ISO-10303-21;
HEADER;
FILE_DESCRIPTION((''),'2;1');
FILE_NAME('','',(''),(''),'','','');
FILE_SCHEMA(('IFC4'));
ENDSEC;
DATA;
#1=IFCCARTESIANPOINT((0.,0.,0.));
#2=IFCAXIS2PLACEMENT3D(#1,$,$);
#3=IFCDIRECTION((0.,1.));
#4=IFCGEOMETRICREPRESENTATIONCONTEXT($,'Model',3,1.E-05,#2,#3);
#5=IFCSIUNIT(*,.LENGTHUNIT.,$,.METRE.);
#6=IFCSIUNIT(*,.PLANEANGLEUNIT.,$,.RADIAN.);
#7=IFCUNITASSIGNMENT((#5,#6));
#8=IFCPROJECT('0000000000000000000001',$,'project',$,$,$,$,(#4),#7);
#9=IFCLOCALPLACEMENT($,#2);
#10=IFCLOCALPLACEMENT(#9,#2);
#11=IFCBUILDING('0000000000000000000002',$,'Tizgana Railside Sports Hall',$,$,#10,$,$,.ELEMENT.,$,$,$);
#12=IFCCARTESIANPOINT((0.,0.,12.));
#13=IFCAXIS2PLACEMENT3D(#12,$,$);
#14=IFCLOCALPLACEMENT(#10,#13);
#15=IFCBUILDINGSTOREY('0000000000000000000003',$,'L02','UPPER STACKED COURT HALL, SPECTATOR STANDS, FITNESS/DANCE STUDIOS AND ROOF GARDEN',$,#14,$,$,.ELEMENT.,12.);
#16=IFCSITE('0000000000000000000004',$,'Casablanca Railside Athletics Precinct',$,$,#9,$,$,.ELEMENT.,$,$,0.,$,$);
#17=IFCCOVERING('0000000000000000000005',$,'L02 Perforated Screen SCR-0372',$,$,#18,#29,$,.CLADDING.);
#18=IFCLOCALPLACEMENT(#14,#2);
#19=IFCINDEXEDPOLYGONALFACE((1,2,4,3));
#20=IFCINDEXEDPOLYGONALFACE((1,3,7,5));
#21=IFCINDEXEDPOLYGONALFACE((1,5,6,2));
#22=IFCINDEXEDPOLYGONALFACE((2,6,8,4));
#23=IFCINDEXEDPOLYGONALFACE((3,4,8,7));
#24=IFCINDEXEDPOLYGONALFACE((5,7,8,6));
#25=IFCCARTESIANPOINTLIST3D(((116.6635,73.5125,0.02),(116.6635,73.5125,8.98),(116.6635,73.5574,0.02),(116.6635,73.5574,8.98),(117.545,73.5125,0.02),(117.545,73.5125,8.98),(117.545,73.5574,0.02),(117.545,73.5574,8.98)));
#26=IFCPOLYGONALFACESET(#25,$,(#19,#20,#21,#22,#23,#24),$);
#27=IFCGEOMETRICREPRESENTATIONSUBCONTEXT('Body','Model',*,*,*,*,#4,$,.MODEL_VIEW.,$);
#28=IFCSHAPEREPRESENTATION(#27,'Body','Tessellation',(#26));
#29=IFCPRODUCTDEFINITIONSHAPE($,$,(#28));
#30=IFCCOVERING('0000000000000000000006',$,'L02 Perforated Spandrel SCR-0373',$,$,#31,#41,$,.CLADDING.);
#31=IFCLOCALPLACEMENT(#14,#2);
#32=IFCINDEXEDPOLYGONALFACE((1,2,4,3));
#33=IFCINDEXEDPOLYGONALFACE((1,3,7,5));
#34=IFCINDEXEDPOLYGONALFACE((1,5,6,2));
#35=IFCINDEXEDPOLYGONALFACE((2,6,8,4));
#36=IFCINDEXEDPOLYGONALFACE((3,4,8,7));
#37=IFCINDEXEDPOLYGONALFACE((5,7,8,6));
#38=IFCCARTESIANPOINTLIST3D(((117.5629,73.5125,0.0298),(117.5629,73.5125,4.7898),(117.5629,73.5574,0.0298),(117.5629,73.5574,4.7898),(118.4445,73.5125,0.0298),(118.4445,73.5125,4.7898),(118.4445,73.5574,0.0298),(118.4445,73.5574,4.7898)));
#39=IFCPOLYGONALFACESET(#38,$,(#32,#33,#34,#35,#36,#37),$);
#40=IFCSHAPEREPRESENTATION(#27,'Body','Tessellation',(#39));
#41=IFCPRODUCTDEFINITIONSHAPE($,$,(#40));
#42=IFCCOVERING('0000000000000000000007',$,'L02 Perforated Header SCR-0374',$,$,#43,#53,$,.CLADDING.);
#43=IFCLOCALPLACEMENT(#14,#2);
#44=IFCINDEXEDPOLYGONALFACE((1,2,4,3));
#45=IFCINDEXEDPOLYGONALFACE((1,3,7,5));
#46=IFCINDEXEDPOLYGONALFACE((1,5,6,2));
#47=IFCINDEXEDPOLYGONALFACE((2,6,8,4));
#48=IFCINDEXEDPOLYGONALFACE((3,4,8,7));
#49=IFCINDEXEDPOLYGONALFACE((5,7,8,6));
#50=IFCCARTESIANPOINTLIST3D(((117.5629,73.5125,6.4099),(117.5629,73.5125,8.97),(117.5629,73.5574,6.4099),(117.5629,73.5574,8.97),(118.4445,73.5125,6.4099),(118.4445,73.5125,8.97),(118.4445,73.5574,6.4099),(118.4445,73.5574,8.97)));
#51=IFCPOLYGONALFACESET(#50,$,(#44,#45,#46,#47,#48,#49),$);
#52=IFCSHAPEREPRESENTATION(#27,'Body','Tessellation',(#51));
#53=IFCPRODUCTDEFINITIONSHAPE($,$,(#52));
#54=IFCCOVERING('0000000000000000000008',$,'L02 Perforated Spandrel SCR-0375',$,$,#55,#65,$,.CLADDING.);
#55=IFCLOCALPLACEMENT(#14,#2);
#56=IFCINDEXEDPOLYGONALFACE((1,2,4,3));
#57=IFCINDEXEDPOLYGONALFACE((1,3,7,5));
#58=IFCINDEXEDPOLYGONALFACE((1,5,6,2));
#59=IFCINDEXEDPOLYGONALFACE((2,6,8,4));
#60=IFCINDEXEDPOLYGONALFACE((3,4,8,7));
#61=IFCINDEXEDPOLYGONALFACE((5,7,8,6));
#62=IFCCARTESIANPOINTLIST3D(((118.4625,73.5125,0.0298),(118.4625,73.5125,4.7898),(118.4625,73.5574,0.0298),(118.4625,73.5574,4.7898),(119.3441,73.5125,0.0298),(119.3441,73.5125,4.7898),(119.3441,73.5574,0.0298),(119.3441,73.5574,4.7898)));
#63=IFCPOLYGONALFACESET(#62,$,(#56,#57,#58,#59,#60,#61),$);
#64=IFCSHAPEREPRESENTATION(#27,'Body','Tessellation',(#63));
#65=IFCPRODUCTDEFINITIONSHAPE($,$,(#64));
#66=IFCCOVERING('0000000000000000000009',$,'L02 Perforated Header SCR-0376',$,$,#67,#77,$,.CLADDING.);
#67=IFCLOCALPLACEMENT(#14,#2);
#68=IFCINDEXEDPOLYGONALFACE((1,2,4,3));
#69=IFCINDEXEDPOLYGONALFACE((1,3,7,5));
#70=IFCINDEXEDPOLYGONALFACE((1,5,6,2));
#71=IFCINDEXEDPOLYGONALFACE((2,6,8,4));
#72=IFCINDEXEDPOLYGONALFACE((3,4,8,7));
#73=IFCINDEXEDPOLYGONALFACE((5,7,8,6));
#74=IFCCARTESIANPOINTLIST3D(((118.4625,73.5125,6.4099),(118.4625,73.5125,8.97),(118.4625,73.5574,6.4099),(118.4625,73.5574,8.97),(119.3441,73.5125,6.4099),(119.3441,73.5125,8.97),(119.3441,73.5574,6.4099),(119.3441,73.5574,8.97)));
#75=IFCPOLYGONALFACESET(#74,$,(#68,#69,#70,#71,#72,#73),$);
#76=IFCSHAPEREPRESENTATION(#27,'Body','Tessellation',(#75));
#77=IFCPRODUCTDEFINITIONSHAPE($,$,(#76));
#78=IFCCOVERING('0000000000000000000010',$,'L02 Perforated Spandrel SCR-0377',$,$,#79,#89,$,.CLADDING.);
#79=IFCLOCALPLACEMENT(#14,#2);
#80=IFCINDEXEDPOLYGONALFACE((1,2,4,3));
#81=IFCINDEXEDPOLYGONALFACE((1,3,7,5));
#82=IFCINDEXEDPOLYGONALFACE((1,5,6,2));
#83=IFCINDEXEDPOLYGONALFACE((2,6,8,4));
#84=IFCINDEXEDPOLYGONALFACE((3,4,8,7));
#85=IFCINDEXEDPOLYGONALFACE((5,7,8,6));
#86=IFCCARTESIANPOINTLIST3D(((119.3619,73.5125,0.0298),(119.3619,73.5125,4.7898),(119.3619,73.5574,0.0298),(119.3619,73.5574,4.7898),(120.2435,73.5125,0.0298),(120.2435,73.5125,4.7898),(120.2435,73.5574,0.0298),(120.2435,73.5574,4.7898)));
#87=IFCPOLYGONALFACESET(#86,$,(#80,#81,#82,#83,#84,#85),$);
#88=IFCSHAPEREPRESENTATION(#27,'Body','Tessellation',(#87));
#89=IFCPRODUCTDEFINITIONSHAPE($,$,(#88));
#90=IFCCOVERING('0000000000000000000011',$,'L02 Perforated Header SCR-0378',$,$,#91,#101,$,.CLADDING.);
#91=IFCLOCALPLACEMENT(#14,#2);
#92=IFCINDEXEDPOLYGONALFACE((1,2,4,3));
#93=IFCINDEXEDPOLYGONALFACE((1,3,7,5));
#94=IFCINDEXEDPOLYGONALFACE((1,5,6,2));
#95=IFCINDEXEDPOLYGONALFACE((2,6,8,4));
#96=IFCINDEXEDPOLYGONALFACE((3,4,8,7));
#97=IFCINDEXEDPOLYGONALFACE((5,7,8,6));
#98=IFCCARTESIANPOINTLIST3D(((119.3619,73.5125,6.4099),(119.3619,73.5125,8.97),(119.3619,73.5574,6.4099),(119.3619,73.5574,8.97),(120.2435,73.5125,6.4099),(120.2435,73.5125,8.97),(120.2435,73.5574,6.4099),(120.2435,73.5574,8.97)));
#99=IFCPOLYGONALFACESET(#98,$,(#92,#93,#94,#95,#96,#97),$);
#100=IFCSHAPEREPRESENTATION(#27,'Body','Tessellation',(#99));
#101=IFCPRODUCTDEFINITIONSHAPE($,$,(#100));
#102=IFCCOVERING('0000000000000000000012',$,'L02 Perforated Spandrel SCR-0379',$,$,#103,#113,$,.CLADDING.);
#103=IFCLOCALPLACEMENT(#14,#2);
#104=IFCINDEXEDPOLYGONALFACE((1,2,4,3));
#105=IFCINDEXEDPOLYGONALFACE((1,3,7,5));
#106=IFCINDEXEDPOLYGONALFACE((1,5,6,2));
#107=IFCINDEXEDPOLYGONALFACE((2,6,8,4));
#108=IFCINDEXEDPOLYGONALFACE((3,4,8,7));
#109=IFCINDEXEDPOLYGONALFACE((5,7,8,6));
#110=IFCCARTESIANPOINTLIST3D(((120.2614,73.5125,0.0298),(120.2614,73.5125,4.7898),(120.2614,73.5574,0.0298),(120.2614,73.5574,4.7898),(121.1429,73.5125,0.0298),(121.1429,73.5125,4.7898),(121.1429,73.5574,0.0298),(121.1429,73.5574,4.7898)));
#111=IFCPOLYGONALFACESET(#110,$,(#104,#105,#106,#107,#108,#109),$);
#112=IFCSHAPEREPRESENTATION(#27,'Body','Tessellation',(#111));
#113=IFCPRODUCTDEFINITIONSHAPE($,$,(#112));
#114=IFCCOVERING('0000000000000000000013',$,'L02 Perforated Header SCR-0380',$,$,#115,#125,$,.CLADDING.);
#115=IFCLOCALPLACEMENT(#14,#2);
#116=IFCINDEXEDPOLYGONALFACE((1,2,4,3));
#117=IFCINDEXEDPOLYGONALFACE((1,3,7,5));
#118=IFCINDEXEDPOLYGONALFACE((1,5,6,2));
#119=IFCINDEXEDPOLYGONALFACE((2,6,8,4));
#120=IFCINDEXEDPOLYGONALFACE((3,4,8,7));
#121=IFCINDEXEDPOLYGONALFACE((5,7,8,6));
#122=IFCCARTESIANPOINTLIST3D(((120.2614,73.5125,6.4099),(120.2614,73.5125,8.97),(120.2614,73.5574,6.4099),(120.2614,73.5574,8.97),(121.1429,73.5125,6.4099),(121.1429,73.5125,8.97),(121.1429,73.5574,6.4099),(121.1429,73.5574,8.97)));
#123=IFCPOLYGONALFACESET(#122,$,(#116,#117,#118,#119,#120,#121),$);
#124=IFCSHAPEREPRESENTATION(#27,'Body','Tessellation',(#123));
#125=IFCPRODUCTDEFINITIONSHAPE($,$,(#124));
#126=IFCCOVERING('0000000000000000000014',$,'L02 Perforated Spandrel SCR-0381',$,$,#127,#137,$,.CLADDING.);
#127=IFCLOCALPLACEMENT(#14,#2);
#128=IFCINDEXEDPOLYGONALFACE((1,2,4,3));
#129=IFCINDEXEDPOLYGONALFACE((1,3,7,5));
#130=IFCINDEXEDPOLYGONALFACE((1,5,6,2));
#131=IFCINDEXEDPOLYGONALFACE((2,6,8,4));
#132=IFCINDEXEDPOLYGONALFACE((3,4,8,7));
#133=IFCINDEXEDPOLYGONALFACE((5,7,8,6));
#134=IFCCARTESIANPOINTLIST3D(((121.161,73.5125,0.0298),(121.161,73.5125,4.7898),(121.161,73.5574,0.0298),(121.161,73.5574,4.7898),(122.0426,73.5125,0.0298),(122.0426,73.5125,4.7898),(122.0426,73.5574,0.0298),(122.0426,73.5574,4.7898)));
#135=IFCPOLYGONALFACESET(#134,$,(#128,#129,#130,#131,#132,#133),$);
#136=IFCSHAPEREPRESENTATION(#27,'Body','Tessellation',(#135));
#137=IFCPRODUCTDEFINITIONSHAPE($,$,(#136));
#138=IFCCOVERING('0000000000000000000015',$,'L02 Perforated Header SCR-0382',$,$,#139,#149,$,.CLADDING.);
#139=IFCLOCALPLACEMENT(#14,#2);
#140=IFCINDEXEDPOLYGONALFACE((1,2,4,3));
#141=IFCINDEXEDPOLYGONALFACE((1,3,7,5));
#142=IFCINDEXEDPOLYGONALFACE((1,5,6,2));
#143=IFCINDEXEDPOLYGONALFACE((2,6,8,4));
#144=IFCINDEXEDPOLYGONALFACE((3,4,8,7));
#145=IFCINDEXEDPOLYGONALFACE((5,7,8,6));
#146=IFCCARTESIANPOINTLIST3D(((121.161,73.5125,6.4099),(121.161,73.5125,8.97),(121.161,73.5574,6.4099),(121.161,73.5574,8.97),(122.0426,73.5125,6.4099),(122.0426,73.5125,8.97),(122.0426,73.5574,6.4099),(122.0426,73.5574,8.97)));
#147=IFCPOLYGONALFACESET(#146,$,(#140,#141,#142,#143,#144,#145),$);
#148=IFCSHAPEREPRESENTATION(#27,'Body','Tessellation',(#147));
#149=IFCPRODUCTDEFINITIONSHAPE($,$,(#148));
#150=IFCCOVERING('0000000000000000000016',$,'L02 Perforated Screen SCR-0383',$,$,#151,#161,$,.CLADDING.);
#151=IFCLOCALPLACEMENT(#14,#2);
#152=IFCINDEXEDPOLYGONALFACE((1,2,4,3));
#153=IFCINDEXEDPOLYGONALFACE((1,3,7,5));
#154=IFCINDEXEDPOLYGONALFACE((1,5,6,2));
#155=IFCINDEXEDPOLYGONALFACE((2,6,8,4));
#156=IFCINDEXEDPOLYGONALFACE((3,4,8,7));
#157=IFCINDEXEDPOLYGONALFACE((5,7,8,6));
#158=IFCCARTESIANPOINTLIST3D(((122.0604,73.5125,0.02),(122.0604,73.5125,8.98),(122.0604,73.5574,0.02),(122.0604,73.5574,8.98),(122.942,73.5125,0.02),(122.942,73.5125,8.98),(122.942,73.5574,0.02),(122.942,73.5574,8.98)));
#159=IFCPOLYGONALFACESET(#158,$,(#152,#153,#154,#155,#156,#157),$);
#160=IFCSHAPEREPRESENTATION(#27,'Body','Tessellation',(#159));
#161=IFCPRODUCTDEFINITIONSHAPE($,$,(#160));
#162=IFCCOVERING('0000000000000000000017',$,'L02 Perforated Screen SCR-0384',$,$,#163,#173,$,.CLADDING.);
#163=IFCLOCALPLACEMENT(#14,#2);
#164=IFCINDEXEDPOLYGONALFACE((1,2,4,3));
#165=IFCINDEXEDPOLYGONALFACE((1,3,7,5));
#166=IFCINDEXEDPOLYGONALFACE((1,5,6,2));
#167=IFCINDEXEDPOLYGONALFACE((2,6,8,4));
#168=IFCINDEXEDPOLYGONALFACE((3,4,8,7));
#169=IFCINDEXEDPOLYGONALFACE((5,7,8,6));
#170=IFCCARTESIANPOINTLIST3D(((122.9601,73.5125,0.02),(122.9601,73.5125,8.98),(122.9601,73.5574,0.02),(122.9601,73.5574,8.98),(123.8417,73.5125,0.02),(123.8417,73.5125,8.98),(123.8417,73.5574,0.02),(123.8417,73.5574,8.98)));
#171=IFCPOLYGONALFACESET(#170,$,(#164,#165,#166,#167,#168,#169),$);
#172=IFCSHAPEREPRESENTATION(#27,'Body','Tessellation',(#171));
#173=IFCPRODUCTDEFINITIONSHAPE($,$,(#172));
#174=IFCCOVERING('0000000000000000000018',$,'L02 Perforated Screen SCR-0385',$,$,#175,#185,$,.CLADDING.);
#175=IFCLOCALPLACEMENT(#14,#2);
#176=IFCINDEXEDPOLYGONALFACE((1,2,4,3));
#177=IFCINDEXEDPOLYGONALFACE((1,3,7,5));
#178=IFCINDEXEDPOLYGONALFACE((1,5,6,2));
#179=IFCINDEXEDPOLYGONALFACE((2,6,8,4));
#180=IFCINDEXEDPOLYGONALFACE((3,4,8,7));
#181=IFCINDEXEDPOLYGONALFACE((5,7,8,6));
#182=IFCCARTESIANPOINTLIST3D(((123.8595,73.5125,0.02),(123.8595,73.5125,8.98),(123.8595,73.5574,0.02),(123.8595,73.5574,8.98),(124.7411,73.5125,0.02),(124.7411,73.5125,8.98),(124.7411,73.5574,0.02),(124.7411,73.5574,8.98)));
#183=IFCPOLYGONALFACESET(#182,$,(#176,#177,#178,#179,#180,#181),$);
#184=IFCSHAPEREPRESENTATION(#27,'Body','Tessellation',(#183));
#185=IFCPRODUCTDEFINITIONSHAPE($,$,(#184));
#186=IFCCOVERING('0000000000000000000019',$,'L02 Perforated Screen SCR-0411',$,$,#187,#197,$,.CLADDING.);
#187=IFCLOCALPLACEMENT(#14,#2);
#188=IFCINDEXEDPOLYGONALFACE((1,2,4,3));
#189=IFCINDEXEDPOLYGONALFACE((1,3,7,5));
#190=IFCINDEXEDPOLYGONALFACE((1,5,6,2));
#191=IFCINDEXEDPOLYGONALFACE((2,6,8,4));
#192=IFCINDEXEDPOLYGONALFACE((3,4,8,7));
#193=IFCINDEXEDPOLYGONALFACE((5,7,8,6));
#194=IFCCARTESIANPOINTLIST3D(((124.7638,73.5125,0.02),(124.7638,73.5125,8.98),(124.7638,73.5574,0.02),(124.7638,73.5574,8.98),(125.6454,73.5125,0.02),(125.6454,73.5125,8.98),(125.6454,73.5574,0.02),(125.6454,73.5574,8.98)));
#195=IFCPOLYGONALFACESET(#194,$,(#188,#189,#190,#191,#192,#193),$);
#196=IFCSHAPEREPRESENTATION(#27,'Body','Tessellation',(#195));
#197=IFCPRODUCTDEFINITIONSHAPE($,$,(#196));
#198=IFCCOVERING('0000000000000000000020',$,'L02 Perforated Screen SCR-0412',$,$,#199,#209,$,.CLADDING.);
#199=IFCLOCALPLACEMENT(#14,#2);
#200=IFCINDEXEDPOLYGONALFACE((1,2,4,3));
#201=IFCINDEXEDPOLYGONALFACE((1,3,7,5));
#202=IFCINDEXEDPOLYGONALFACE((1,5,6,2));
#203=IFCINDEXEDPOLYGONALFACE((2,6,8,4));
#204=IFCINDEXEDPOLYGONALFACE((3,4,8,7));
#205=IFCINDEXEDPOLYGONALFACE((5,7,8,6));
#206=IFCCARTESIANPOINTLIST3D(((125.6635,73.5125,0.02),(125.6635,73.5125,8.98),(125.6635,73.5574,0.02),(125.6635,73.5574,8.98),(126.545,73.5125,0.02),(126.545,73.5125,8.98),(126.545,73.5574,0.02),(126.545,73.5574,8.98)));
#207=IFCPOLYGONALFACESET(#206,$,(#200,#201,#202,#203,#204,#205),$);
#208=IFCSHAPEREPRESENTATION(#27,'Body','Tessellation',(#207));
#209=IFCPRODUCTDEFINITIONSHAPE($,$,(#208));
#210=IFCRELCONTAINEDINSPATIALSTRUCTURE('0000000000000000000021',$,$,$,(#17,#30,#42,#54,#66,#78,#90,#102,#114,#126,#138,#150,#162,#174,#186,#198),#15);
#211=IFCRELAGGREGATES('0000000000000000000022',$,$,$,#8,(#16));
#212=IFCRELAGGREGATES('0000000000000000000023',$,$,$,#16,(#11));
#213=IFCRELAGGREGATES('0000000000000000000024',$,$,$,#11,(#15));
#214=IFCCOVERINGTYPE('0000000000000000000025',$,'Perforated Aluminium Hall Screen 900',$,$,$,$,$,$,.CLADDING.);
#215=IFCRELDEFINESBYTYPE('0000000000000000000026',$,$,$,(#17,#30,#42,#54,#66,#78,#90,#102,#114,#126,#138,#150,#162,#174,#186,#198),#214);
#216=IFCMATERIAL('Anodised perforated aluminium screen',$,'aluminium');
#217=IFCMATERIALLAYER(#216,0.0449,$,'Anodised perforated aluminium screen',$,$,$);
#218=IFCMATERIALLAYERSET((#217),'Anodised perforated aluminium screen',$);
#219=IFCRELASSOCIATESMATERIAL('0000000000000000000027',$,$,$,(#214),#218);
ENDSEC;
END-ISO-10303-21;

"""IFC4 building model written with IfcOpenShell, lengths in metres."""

from ifc_helpers import new_model, si_unit, direction, frame, origin, origin_2d, place, context, subcontext, project, spatial, rectangle, extrude, material, layer, layer_set, type_object, element, save


model = new_model("IFC4")

# Units and contexts
model_context = context("Model", 3, precision=1e-05, world=origin(), true_north=direction((0.0, 1.0)))
body_context = subcontext(model_context, "Body", "Model", "MODEL_VIEW")
ifc_project = project(units=[si_unit("LENGTHUNIT", "METRE"), si_unit("PLANEANGLEUNIT", "RADIAN")], contexts=[model_context])

# Site, building, storey
site_placement = place(None, origin())
site = spatial("IfcSite", under=ifc_project, at=site_placement, Name="Casablanca Railside Athletics Precinct", CompositionType="ELEMENT", RefElevation=0.0)
building_placement = place(site_placement, origin())
building = spatial("IfcBuilding", under=site, at=building_placement, Name="Tizgana Railside Sports Hall", CompositionType="ELEMENT")
storey_placement = place(building_placement, frame((0.0, 0.0, 12.0)))
storey = spatial("IfcBuildingStorey", under=building, at=storey_placement, Name="L02", Description="UPPER STACKED COURT HALL, SPECTATOR STANDS, FITNESS/DANCE STUDIOS AND ROOF GARDEN", CompositionType="ELEMENT", Elevation=12.0)

# Coverings
ifc_material_1 = material(Name="Anodised perforated aluminium screen", Category="aluminium")
ifc_layer = layer(ifc_material_1, 0.0449, Name="Anodised perforated aluminium screen")
ifc_layer_set = layer_set([ifc_layer], Name="Anodised perforated aluminium screen")
covering_type = type_object("IfcCoveringType", Name="Perforated Aluminium Hall Screen 900", PredefinedType="CLADDING", material=ifc_layer_set)
covering_1_placement = place(storey_placement, frame((117.1042, 73.5349, 0.02), z_axis=(0.0, 0.0, 1.0), x_axis=(1.0, 0.0, 0.0)))
element("IfcCovering", 1, at=covering_1_placement, inside=storey, type_object=covering_type, Name="L02 Perforated Screen SCR-0372", PredefinedType="CLADDING", context=body_context, shape_type="SweptSolid", body=[
    extrude(rectangle(XDim=0.8816, YDim=0.0449, at=origin_2d()), origin(), (0.0, 0.0, 1.0), 8.96),
])
covering_2_placement = place(storey_placement, frame((118.0037, 73.5349, 0.0298), z_axis=(0.0, 0.0, 1.0), x_axis=(1.0, 0.0, 0.0)))
element("IfcCovering", 2, at=covering_2_placement, inside=storey, type_object=covering_type, Name="L02 Perforated Spandrel SCR-0373", PredefinedType="CLADDING", context=body_context, shape_type="SweptSolid", body=[
    extrude(rectangle(XDim=0.8816, YDim=0.0449, at=origin_2d()), origin(), (0.0, 0.0, 1.0), 4.76),
])
covering_3_placement = place(storey_placement, frame((118.0037, 73.5349, 6.4099), z_axis=(0.0, 0.0, 1.0), x_axis=(1.0, 0.0, 0.0)))
element("IfcCovering", 3, at=covering_3_placement, inside=storey, type_object=covering_type, Name="L02 Perforated Header SCR-0374", PredefinedType="CLADDING", context=body_context, shape_type="SweptSolid", body=[
    extrude(rectangle(XDim=0.8816, YDim=0.0449, at=origin_2d()), origin(), (0.0, 0.0, 1.0), 2.5601),
])
covering_4_placement = place(storey_placement, frame((118.9033, 73.5349, 0.0298), z_axis=(0.0, 0.0, 1.0), x_axis=(1.0, 0.0, 0.0)))
element("IfcCovering", 4, at=covering_4_placement, inside=storey, type_object=covering_type, Name="L02 Perforated Spandrel SCR-0375", PredefinedType="CLADDING", context=body_context, shape_type="SweptSolid", body=[
    extrude(rectangle(XDim=0.8816, YDim=0.0449, at=origin_2d()), origin(), (0.0, 0.0, 1.0), 4.76),
])
covering_5_placement = place(storey_placement, frame((118.9033, 73.5349, 6.4099), z_axis=(0.0, 0.0, 1.0), x_axis=(1.0, 0.0, 0.0)))
element("IfcCovering", 5, at=covering_5_placement, inside=storey, type_object=covering_type, Name="L02 Perforated Header SCR-0376", PredefinedType="CLADDING", context=body_context, shape_type="SweptSolid", body=[
    extrude(rectangle(XDim=0.8816, YDim=0.0449, at=origin_2d()), origin(), (0.0, 0.0, 1.0), 2.5601),
])
covering_6_placement = place(storey_placement, frame((119.8027, 73.5349, 0.0298), z_axis=(0.0, 0.0, 1.0), x_axis=(1.0, 0.0, 0.0)))
element("IfcCovering", 6, at=covering_6_placement, inside=storey, type_object=covering_type, Name="L02 Perforated Spandrel SCR-0377", PredefinedType="CLADDING", context=body_context, shape_type="SweptSolid", body=[
    extrude(rectangle(XDim=0.8816, YDim=0.0449, at=origin_2d()), origin(), (0.0, 0.0, 1.0), 4.76),
])
covering_7_placement = place(storey_placement, frame((119.8027, 73.5349, 6.4099), z_axis=(0.0, 0.0, 1.0), x_axis=(1.0, 0.0, 0.0)))
element("IfcCovering", 7, at=covering_7_placement, inside=storey, type_object=covering_type, Name="L02 Perforated Header SCR-0378", PredefinedType="CLADDING", context=body_context, shape_type="SweptSolid", body=[
    extrude(rectangle(XDim=0.8816, YDim=0.0449, at=origin_2d()), origin(), (0.0, 0.0, 1.0), 2.5601),
])
covering_8_placement = place(storey_placement, frame((120.7021, 73.5349, 0.0298), z_axis=(0.0, 0.0, 1.0), x_axis=(1.0, 0.0, 0.0)))
element("IfcCovering", 8, at=covering_8_placement, inside=storey, type_object=covering_type, Name="L02 Perforated Spandrel SCR-0379", PredefinedType="CLADDING", context=body_context, shape_type="SweptSolid", body=[
    extrude(rectangle(XDim=0.8816, YDim=0.0449, at=origin_2d()), origin(), (0.0, 0.0, 1.0), 4.76),
])
covering_9_placement = place(storey_placement, frame((120.7021, 73.5349, 6.4099), z_axis=(0.0, 0.0, 1.0), x_axis=(1.0, 0.0, 0.0)))
element("IfcCovering", 9, at=covering_9_placement, inside=storey, type_object=covering_type, Name="L02 Perforated Header SCR-0380", PredefinedType="CLADDING", context=body_context, shape_type="SweptSolid", body=[
    extrude(rectangle(XDim=0.8816, YDim=0.0449, at=origin_2d()), origin(), (0.0, 0.0, 1.0), 2.5601),
])
covering_10_placement = place(storey_placement, frame((121.6018, 73.5349, 0.0298), z_axis=(0.0, 0.0, 1.0), x_axis=(1.0, 0.0, 0.0)))
element("IfcCovering", 10, at=covering_10_placement, inside=storey, type_object=covering_type, Name="L02 Perforated Spandrel SCR-0381", PredefinedType="CLADDING", context=body_context, shape_type="SweptSolid", body=[
    extrude(rectangle(XDim=0.8816, YDim=0.0449, at=origin_2d()), origin(), (0.0, 0.0, 1.0), 4.76),
])
covering_11_placement = place(storey_placement, frame((121.6018, 73.5349, 6.4099), z_axis=(0.0, 0.0, 1.0), x_axis=(1.0, 0.0, 0.0)))
element("IfcCovering", 11, at=covering_11_placement, inside=storey, type_object=covering_type, Name="L02 Perforated Header SCR-0382", PredefinedType="CLADDING", context=body_context, shape_type="SweptSolid", body=[
    extrude(rectangle(XDim=0.8816, YDim=0.0449, at=origin_2d()), origin(), (0.0, 0.0, 1.0), 2.5601),
])
for number, where, z_axis, x_axis, name in (
    (12, (122.5012, 73.5349, 0.02), (0.0, 0.0, 1.0), (1.0, 0.0, 0.0), "L02 Perforated Screen SCR-0383"),
    (13, (123.4009, 73.5349, 0.02), (0.0, 0.0, 1.0), (1.0, 0.0, 0.0), "L02 Perforated Screen SCR-0384"),
    (14, (124.3003, 73.5349, 0.02), (0.0, 0.0, 1.0), (1.0, 0.0, 0.0), "L02 Perforated Screen SCR-0385"),
    (15, (125.2046, 73.5349, 0.02), (0.0, 0.0, 1.0), (1.0, 0.0, 0.0), "L02 Perforated Screen SCR-0411"),
    (16, (126.1042, 73.5349, 0.02), (0.0, 0.0, 1.0), (1.0, 0.0, 0.0), "L02 Perforated Screen SCR-0412"),
):
    element("IfcCovering", number, at=place(storey_placement, frame(where, z_axis=z_axis, x_axis=x_axis)), inside=storey, type_object=covering_type, Name=name, PredefinedType="CLADDING", context=body_context, shape_type="SweptSolid", body=[
        extrude(rectangle(XDim=0.8816, YDim=0.0449, at=origin_2d()), origin(), (0.0, 0.0, 1.0), 8.96),
    ])

save(model, "model.ifc")
